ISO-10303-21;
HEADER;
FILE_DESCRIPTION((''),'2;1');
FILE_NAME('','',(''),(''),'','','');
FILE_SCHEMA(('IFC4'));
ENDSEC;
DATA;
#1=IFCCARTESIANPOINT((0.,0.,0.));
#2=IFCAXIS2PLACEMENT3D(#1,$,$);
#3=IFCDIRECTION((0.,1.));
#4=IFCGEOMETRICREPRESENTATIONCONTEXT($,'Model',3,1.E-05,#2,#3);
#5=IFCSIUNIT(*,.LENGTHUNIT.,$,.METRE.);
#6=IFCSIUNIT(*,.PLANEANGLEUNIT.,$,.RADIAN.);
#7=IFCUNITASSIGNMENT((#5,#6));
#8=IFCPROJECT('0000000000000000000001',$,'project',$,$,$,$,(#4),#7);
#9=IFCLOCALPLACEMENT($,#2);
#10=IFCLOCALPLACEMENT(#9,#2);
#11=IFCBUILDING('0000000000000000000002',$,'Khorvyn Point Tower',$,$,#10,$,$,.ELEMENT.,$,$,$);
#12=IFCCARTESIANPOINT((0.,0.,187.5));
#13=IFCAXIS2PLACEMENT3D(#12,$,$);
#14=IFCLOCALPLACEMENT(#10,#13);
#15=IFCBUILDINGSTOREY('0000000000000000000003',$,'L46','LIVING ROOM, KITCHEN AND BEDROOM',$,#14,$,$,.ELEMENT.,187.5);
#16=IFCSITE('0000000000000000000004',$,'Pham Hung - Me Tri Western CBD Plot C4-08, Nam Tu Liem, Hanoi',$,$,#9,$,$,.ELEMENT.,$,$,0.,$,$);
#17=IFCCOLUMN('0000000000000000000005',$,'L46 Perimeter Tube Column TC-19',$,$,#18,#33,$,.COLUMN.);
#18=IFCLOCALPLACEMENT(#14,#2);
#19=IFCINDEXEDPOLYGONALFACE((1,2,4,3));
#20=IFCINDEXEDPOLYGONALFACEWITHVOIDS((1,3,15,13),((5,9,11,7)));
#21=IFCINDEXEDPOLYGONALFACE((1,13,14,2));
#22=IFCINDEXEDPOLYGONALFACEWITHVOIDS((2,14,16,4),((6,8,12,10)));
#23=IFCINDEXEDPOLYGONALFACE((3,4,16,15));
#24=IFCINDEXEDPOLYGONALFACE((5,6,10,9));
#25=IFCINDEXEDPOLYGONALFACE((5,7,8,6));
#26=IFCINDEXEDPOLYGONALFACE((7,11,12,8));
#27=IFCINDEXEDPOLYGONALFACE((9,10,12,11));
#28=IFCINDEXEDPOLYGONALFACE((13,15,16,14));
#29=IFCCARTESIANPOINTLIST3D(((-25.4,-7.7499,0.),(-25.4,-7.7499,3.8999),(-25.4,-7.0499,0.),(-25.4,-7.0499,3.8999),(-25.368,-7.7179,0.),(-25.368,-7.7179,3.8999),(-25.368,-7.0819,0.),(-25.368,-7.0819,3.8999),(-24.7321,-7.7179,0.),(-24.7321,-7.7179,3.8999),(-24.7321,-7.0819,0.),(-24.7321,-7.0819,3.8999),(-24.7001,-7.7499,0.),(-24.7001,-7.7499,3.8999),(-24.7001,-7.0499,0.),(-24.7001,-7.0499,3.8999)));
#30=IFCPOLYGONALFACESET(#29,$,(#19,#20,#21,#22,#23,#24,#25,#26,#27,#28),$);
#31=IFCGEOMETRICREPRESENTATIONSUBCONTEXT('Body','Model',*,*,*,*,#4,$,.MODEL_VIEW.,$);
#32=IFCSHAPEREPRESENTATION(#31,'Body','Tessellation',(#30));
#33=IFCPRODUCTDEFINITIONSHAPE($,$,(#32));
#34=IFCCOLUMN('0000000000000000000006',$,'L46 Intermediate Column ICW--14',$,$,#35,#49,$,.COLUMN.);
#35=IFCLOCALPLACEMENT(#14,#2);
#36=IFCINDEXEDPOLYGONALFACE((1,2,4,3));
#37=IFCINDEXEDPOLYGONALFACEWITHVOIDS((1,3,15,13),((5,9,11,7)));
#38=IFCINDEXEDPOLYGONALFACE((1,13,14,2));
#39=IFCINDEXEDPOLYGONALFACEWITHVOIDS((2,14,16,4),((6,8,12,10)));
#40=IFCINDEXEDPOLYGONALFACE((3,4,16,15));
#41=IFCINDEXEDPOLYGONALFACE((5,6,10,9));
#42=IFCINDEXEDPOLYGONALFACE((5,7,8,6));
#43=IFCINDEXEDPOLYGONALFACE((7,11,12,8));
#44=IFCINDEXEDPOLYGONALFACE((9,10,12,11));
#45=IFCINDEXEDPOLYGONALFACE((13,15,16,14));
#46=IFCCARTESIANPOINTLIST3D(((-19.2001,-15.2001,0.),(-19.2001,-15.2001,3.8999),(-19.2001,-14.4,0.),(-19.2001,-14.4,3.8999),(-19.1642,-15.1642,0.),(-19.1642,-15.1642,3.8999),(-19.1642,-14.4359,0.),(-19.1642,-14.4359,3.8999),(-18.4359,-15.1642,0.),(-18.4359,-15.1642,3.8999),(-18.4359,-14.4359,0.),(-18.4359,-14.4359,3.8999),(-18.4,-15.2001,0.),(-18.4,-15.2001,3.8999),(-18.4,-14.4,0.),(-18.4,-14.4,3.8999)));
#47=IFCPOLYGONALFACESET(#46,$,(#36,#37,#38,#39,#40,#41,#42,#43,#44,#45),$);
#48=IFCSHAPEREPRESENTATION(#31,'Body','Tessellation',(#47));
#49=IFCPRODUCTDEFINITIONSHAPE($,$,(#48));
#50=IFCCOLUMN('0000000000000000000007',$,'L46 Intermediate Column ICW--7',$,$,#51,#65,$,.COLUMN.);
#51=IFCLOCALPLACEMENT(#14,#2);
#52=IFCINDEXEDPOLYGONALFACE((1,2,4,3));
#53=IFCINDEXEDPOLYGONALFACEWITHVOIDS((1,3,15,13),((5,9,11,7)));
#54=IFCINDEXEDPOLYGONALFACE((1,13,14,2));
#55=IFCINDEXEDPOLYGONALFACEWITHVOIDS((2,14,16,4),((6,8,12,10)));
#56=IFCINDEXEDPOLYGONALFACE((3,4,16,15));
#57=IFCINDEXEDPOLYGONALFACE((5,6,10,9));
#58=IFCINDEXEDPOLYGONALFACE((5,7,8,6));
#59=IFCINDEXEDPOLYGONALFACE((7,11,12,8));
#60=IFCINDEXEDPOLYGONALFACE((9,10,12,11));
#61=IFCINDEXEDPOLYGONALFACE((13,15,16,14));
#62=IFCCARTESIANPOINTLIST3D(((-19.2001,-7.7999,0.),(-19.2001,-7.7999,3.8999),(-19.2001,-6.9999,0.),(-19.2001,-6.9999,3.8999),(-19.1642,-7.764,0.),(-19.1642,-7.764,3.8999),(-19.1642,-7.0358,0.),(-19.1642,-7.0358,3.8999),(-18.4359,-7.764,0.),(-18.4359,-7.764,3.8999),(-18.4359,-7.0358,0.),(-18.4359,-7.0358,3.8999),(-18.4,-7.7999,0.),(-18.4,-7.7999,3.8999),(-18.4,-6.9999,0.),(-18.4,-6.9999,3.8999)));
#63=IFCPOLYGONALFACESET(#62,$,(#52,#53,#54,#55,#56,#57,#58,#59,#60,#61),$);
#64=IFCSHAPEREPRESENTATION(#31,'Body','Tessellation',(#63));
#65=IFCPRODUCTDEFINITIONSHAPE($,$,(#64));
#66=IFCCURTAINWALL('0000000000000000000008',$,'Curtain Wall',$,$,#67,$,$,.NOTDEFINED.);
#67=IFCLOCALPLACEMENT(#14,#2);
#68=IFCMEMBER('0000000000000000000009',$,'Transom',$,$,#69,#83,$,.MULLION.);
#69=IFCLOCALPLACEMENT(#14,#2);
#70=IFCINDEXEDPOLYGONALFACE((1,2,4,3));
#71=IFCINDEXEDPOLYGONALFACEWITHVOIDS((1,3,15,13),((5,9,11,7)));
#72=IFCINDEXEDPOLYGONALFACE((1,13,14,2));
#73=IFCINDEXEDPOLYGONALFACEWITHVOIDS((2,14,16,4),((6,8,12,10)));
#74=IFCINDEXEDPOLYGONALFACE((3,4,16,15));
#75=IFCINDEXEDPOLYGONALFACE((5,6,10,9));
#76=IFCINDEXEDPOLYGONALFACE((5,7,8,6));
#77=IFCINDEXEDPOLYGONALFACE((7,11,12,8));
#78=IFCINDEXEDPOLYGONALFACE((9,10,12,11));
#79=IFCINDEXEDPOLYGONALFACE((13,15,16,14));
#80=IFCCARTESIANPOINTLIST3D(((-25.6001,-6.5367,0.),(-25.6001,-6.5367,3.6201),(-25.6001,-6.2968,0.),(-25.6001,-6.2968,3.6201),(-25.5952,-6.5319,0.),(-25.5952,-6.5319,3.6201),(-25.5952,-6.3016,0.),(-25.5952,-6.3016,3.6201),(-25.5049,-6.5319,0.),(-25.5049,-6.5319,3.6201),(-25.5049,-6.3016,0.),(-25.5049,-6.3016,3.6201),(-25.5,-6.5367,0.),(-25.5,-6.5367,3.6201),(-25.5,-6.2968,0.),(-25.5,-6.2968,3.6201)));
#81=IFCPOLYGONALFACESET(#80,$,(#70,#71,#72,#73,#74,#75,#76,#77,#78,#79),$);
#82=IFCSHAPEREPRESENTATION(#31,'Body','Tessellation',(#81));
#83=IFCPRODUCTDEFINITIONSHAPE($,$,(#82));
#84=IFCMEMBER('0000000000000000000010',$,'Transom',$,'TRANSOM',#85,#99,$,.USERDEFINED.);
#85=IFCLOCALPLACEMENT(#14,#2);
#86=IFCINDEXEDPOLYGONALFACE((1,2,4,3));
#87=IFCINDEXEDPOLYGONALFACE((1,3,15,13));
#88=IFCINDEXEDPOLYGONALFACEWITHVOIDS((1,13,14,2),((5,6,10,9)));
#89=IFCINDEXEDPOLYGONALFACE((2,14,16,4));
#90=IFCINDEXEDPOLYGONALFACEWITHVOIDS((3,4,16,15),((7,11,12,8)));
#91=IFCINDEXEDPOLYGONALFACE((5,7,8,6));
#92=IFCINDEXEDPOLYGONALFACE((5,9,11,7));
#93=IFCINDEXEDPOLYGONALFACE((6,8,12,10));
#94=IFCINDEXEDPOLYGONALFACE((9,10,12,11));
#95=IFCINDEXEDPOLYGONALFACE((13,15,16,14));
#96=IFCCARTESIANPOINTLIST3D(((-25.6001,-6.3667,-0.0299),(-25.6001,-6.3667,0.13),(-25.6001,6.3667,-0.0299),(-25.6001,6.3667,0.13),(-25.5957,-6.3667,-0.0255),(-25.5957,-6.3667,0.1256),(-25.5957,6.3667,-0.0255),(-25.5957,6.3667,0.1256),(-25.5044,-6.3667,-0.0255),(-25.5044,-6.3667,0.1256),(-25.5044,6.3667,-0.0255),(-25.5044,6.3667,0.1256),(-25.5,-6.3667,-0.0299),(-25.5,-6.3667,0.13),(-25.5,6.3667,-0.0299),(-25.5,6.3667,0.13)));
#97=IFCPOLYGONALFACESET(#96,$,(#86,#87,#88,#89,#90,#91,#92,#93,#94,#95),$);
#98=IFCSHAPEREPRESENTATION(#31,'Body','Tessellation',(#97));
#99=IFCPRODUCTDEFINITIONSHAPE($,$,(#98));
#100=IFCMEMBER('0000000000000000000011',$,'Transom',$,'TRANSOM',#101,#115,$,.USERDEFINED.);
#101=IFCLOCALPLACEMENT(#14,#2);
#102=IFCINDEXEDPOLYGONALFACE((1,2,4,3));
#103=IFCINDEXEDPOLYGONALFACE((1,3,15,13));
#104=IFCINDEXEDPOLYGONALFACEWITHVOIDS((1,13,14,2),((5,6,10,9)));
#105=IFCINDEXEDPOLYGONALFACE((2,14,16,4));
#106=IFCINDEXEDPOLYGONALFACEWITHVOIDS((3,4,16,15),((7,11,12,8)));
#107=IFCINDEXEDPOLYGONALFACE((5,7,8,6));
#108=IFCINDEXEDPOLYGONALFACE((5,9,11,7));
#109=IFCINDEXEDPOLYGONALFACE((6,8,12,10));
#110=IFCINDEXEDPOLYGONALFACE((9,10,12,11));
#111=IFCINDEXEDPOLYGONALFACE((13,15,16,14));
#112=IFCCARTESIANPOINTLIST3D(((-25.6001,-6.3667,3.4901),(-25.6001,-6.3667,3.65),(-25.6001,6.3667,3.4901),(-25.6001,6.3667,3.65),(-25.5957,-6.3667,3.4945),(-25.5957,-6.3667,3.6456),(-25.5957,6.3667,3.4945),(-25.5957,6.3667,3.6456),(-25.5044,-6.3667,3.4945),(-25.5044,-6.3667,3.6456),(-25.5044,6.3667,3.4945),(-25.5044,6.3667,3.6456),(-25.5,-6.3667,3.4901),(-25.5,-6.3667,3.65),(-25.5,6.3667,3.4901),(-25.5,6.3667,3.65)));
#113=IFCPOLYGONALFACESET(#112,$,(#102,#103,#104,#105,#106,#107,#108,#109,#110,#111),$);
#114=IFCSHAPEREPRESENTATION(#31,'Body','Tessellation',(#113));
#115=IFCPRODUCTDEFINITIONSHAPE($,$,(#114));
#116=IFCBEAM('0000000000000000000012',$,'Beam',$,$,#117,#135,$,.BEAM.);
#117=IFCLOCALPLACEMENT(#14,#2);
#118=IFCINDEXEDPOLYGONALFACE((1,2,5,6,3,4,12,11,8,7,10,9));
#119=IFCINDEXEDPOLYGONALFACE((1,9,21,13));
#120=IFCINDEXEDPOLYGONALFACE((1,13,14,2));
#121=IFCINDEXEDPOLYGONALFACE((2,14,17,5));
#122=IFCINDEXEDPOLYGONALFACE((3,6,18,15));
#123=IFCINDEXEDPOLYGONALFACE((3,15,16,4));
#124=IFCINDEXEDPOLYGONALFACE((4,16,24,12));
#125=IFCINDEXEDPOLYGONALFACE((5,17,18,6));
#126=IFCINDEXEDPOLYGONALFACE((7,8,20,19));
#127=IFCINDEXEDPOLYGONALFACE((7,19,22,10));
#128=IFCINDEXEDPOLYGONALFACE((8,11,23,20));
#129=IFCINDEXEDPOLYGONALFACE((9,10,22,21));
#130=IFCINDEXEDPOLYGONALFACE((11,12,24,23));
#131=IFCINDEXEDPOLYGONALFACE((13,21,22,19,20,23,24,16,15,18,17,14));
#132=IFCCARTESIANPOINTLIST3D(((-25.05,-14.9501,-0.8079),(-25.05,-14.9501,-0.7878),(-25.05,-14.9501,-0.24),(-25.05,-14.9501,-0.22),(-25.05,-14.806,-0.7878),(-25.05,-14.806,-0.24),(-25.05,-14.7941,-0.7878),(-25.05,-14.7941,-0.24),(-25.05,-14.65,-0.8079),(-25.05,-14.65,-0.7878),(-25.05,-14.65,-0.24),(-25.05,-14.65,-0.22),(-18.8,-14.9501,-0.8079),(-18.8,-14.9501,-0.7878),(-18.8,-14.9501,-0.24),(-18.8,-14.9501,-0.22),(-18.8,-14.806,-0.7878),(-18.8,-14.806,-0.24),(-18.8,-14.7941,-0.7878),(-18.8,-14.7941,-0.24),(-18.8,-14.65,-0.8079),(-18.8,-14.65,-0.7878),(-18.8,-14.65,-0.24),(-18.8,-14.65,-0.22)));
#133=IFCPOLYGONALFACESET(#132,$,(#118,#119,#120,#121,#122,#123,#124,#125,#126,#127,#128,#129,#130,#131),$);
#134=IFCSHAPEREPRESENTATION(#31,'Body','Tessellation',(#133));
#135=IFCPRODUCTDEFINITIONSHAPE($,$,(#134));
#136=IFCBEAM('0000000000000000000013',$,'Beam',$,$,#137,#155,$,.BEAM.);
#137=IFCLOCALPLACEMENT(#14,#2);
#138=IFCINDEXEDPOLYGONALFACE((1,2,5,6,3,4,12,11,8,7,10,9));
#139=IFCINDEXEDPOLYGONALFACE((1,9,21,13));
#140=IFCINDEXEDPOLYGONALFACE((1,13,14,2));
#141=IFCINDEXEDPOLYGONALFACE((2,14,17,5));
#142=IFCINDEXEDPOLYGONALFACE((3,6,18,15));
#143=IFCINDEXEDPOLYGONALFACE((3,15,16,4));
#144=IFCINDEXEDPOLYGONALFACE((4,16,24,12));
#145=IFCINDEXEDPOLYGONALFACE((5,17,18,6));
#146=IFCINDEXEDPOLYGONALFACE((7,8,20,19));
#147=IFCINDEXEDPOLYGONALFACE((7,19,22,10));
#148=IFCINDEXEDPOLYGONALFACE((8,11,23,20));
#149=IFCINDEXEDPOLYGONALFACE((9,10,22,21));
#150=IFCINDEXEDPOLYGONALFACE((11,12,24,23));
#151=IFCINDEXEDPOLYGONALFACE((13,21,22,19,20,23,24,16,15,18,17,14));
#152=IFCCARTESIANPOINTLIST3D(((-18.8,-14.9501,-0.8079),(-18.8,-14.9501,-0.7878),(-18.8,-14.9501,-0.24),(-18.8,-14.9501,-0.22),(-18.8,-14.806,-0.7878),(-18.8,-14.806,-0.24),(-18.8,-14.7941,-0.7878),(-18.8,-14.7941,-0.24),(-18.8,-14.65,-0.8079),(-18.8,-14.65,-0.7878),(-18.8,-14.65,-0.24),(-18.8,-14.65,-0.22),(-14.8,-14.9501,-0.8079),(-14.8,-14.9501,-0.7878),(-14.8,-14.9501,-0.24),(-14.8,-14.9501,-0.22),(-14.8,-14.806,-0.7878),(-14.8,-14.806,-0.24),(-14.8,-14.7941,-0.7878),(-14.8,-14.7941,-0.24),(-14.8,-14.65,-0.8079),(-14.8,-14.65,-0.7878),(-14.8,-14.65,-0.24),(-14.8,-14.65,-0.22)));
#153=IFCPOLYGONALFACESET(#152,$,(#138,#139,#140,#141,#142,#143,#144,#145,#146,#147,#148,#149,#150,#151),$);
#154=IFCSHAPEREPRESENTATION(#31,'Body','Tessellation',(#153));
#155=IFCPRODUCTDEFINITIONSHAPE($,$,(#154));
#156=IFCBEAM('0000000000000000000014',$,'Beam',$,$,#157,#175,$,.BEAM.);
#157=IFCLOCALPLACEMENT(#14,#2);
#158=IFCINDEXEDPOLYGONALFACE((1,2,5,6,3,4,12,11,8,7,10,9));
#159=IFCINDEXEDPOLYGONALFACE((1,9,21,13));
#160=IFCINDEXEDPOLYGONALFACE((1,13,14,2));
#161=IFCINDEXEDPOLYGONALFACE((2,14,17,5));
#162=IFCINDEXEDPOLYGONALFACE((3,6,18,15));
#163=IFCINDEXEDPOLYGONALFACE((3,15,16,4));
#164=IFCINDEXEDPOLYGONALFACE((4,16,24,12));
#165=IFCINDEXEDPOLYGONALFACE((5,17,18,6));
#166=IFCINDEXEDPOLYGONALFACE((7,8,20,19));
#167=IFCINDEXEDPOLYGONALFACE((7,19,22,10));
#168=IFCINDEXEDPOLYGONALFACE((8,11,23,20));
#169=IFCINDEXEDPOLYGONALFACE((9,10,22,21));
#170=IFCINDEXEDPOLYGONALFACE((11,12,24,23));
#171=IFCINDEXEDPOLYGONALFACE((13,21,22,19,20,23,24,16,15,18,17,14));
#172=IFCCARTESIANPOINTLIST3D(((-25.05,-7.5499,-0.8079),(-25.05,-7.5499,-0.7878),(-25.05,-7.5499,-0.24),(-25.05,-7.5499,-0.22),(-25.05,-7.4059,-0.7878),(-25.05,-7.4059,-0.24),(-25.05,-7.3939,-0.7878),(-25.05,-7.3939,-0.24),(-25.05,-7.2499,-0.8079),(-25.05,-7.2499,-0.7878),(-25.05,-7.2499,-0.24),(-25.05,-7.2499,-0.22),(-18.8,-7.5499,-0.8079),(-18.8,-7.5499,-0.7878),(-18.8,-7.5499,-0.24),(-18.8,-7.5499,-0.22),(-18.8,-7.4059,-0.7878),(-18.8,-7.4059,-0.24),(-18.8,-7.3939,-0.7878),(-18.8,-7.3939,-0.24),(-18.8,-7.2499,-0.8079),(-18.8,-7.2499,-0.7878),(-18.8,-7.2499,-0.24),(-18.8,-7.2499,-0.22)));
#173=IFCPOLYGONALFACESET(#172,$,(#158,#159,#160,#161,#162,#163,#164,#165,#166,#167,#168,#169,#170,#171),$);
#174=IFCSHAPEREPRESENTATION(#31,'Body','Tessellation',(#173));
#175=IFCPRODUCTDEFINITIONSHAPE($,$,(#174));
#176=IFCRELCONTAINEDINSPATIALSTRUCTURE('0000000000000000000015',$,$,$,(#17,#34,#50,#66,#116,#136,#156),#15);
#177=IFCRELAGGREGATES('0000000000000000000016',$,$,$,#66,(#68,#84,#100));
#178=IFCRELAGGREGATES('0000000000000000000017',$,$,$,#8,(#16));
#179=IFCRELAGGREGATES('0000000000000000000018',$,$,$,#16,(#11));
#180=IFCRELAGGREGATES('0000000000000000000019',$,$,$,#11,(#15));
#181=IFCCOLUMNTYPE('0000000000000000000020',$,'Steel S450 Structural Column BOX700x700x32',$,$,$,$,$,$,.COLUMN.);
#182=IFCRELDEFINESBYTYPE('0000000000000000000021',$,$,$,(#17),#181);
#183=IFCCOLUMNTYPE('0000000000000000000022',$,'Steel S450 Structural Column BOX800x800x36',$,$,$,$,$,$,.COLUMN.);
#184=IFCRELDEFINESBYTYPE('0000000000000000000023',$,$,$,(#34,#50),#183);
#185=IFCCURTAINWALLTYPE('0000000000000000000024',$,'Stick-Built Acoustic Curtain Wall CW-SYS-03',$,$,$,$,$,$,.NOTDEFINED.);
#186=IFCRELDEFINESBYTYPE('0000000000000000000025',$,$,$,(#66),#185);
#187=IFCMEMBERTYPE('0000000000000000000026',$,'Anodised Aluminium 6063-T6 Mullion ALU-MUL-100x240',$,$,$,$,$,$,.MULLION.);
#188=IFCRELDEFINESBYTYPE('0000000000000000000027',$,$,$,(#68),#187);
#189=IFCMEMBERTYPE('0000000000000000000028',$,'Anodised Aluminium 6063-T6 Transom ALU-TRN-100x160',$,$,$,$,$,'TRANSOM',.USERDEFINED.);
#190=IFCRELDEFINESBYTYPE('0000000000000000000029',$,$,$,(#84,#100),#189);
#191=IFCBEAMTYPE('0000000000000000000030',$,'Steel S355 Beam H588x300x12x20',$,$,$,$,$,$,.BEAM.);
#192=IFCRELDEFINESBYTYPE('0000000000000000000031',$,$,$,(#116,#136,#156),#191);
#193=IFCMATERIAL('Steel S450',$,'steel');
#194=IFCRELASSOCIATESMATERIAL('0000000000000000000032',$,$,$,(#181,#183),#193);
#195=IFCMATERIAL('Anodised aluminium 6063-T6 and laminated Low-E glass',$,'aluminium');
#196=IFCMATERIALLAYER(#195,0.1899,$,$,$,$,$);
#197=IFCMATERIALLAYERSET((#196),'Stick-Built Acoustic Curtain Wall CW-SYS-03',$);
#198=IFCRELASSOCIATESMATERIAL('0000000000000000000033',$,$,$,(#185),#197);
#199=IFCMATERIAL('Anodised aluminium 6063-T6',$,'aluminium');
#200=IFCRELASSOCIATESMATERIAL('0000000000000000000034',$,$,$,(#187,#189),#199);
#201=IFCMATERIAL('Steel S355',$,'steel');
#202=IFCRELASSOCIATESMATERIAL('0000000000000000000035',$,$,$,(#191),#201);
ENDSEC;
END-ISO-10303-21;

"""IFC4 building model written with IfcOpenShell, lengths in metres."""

from ifc_helpers import new_model, si_unit, direction, frame, origin, origin_2d, place, context, subcontext, project, spatial, hollow_rectangle, i_section, extrude, material, layer, layer_set, material_profile, profile_set, type_object, element, aggregate, save


model = new_model("IFC4")

# Units and contexts
model_context = context("Model", 3, precision=1e-05, world=origin(), true_north=direction((0.0, 1.0)))
body_context = subcontext(model_context, "Body", "Model", "MODEL_VIEW")
ifc_project = project(units=[si_unit("LENGTHUNIT", "METRE"), si_unit("PLANEANGLEUNIT", "RADIAN")], contexts=[model_context])

# Site, building, storey
site_placement = place(None, origin())
site = spatial("IfcSite", under=ifc_project, at=site_placement, Name="Pham Hung - Me Tri Western CBD Plot C4-08, Nam Tu Liem, Hanoi", CompositionType="ELEMENT", RefElevation=0.0)
building_placement = place(site_placement, origin())
building = spatial("IfcBuilding", under=site, at=building_placement, Name="Khorvyn Point Tower", CompositionType="ELEMENT")
storey_placement = place(building_placement, frame((0.0, 0.0, 187.5)))
storey = spatial("IfcBuildingStorey", under=building, at=storey_placement, Name="L46", Description="LIVING ROOM, KITCHEN AND BEDROOM", CompositionType="ELEMENT", Elevation=187.5)

# Columns
ifc_material_1 = material(Name="Steel S450", Category="steel")
ifc_material_profile_1 = material_profile(ifc_material_1, hollow_rectangle(XDim=0.7, YDim=0.7, WallThickness=0.032, at=origin_2d()))
ifc_profile_set_1 = profile_set([ifc_material_profile_1], Name="Steel S450 BOX700x700x32")
column_type_1 = type_object("IfcColumnType", Name="Steel S450 Structural Column BOX700x700x32", PredefinedType="COLUMN", material=ifc_profile_set_1)
column_placement = place(storey_placement, frame((-25.05, -7.3999, 0.0), z_axis=(0.0, 0.0, 1.0), x_axis=(1.0, 0.0, 0.0)))
element("IfcColumn", 1, at=column_placement, inside=storey, type_object=column_type_1, Name="L46 Perimeter Tube Column TC-19", PredefinedType="COLUMN", context=body_context, shape_type="SweptSolid", body=[
    extrude(hollow_rectangle(XDim=0.7, YDim=0.7, WallThickness=0.032, at=origin_2d()), origin(), (0.0, 0.0, 1.0), 3.8999),
])
ifc_material_profile_2 = material_profile(ifc_material_1, hollow_rectangle(XDim=0.8, YDim=0.8, WallThickness=0.0359, at=origin_2d()))
ifc_profile_set_2 = profile_set([ifc_material_profile_2], Name="Steel S450 BOX800x800x36")
column_type_2 = type_object("IfcColumnType", Name="Steel S450 Structural Column BOX800x800x36", PredefinedType="COLUMN", material=ifc_profile_set_2)
for number, where, z_axis, x_axis, name in (
    (2, (-18.8, -14.8, 0.0), (0.0, 0.0, 1.0), (1.0, 0.0, 0.0), "L46 Intermediate Column ICW--14"),
    (3, (-18.8, -7.3999, 0.0), (0.0, 0.0, 1.0), (1.0, 0.0, 0.0), "L46 Intermediate Column ICW--7"),
):
    element("IfcColumn", number, at=place(storey_placement, frame(where, z_axis=z_axis, x_axis=x_axis)), inside=storey, type_object=column_type_2, Name=name, PredefinedType="COLUMN", context=body_context, shape_type="SweptSolid", body=[
        extrude(hollow_rectangle(XDim=0.8, YDim=0.8, WallThickness=0.0359, at=origin_2d()), origin(), (0.0, 0.0, 1.0), 3.8999),
    ])

# Curtain wall, members
ifc_material_2 = material(Name="Anodised aluminium 6063-T6 and laminated Low-E glass", Category="aluminium")
ifc_layer_1 = layer(ifc_material_2, 0.1899)
ifc_layer_set_1 = layer_set([ifc_layer_1], Name="Stick-Built Acoustic Curtain Wall CW-SYS-03")
curtain_wall_type = type_object("IfcCurtainWallType", Name="Stick-Built Acoustic Curtain Wall CW-SYS-03", PredefinedType="NOTDEFINED", material=ifc_layer_set_1)
curtain_wall_placement = place(storey_placement, origin())
curtain_wall = element("IfcCurtainWall", 4, at=curtain_wall_placement, inside=storey, type_object=curtain_wall_type, Name="Curtain Wall", PredefinedType="NOTDEFINED")
ifc_material_3 = material(Name="Anodised aluminium 6063-T6", Category="aluminium")
ifc_material_profile_3 = material_profile(ifc_material_3, hollow_rectangle(XDim=0.1001, YDim=0.24, WallThickness=0.0049, at=origin_2d()))
ifc_profile_set_3 = profile_set([ifc_material_profile_3], Name="Anodised aluminium 6063-T6 ALU-MUL-100x240")
member_type_1 = type_object("IfcMemberType", Name="Anodised Aluminium 6063-T6 Mullion ALU-MUL-100x240", PredefinedType="MULLION", material=ifc_profile_set_3)
member_1_placement = place(storey_placement, frame((-25.55, -6.4167, 0.0), z_axis=(0.0, 0.0, 1.0), x_axis=(-1.0, 0.0, 0.0)))
member_1 = element("IfcMember", 5, at=member_1_placement, type_object=member_type_1, Name="Transom", PredefinedType="MULLION", context=body_context, shape_type="SweptSolid", body=[
    extrude(hollow_rectangle(XDim=0.1001, YDim=0.24, WallThickness=0.0049, at=origin_2d()), origin(), (0.0, 0.0, 1.0), 3.6201),
])
ifc_material_profile_4 = material_profile(ifc_material_3, hollow_rectangle(XDim=0.1001, YDim=0.1599, WallThickness=0.0044, at=origin_2d()))
ifc_profile_set_4 = profile_set([ifc_material_profile_4], Name="Anodised aluminium 6063-T6 ALU-TRN-100x160")
member_type_2 = type_object("IfcMemberType", Name="Anodised Aluminium 6063-T6 Transom ALU-TRN-100x160", ElementType="TRANSOM", PredefinedType="USERDEFINED", material=ifc_profile_set_4)
member_2_placement = place(storey_placement, frame((-25.55, -6.3667, 0.05), z_axis=(0.0, 1.0, 0.0), x_axis=(-1.0, 0.0, 0.0)))
member_2 = element("IfcMember", 6, at=member_2_placement, type_object=member_type_2, Name="Transom", ObjectType="TRANSOM", PredefinedType="USERDEFINED", context=body_context, shape_type="SweptSolid", body=[
    extrude(hollow_rectangle(XDim=0.1001, YDim=0.1599, WallThickness=0.0044, at=origin_2d()), origin(), (0.0, 0.0, 1.0), 12.7334),
])
member_3_placement = place(storey_placement, frame((-25.55, -6.3667, 3.5701), z_axis=(0.0, 1.0, 0.0), x_axis=(-1.0, 0.0, 0.0)))
member_3 = element("IfcMember", 7, at=member_3_placement, type_object=member_type_2, Name="Transom", ObjectType="TRANSOM", PredefinedType="USERDEFINED", context=body_context, shape_type="SweptSolid", body=[
    extrude(hollow_rectangle(XDim=0.1001, YDim=0.1599, WallThickness=0.0044, at=origin_2d()), origin(), (0.0, 0.0, 1.0), 12.7334),
])

# Beams
ifc_material_4 = material(Name="Steel S355", Category="steel")
ifc_material_profile_5 = material_profile(ifc_material_4, i_section(OverallWidth=0.3, OverallDepth=0.5879, WebThickness=0.012, FlangeThickness=0.02, at=origin_2d()))
ifc_profile_set_5 = profile_set([ifc_material_profile_5], Name="Steel S355 H588x300x12x20")
beam_type_1 = type_object("IfcBeamType", Name="Steel S355 Beam H588x300x12x20", PredefinedType="BEAM", material=ifc_profile_set_5)
beam_1_placement = place(storey_placement, frame((-25.05, -14.8, -0.5139), z_axis=(1.0, 0.0, 0.0), x_axis=(0.0, 1.0, 0.0)))
element("IfcBeam", 8, at=beam_1_placement, inside=storey, type_object=beam_type_1, Name="Beam", PredefinedType="BEAM", context=body_context, shape_type="SweptSolid", body=[
    extrude(i_section(OverallWidth=0.3, OverallDepth=0.5879, WebThickness=0.012, FlangeThickness=0.02, at=origin_2d()), origin(), (0.0, 0.0, 1.0), 6.25),
])
beam_2_placement = place(storey_placement, frame((-18.8, -14.8, -0.5139), z_axis=(1.0, 0.0, 0.0), x_axis=(0.0, 1.0, 0.0)))
element("IfcBeam", 9, at=beam_2_placement, inside=storey, type_object=beam_type_1, Name="Beam", PredefinedType="BEAM", context=body_context, shape_type="SweptSolid", body=[
    extrude(i_section(OverallWidth=0.3, OverallDepth=0.5879, WebThickness=0.012, FlangeThickness=0.02, at=origin_2d()), origin(), (0.0, 0.0, 1.0), 4.0),
])
beam_3_placement = place(storey_placement, frame((-25.05, -7.3999, -0.5139), z_axis=(1.0, 0.0, 0.0), x_axis=(0.0, 1.0, 0.0)))
element("IfcBeam", 10, at=beam_3_placement, inside=storey, type_object=beam_type_1, Name="Beam", PredefinedType="BEAM", context=body_context, shape_type="SweptSolid", body=[
    extrude(i_section(OverallWidth=0.3, OverallDepth=0.5879, WebThickness=0.012, FlangeThickness=0.02, at=origin_2d()), origin(), (0.0, 0.0, 1.0), 6.25),
])

aggregate(curtain_wall, [member_1, member_2, member_3])

save(model, "model.ifc")
